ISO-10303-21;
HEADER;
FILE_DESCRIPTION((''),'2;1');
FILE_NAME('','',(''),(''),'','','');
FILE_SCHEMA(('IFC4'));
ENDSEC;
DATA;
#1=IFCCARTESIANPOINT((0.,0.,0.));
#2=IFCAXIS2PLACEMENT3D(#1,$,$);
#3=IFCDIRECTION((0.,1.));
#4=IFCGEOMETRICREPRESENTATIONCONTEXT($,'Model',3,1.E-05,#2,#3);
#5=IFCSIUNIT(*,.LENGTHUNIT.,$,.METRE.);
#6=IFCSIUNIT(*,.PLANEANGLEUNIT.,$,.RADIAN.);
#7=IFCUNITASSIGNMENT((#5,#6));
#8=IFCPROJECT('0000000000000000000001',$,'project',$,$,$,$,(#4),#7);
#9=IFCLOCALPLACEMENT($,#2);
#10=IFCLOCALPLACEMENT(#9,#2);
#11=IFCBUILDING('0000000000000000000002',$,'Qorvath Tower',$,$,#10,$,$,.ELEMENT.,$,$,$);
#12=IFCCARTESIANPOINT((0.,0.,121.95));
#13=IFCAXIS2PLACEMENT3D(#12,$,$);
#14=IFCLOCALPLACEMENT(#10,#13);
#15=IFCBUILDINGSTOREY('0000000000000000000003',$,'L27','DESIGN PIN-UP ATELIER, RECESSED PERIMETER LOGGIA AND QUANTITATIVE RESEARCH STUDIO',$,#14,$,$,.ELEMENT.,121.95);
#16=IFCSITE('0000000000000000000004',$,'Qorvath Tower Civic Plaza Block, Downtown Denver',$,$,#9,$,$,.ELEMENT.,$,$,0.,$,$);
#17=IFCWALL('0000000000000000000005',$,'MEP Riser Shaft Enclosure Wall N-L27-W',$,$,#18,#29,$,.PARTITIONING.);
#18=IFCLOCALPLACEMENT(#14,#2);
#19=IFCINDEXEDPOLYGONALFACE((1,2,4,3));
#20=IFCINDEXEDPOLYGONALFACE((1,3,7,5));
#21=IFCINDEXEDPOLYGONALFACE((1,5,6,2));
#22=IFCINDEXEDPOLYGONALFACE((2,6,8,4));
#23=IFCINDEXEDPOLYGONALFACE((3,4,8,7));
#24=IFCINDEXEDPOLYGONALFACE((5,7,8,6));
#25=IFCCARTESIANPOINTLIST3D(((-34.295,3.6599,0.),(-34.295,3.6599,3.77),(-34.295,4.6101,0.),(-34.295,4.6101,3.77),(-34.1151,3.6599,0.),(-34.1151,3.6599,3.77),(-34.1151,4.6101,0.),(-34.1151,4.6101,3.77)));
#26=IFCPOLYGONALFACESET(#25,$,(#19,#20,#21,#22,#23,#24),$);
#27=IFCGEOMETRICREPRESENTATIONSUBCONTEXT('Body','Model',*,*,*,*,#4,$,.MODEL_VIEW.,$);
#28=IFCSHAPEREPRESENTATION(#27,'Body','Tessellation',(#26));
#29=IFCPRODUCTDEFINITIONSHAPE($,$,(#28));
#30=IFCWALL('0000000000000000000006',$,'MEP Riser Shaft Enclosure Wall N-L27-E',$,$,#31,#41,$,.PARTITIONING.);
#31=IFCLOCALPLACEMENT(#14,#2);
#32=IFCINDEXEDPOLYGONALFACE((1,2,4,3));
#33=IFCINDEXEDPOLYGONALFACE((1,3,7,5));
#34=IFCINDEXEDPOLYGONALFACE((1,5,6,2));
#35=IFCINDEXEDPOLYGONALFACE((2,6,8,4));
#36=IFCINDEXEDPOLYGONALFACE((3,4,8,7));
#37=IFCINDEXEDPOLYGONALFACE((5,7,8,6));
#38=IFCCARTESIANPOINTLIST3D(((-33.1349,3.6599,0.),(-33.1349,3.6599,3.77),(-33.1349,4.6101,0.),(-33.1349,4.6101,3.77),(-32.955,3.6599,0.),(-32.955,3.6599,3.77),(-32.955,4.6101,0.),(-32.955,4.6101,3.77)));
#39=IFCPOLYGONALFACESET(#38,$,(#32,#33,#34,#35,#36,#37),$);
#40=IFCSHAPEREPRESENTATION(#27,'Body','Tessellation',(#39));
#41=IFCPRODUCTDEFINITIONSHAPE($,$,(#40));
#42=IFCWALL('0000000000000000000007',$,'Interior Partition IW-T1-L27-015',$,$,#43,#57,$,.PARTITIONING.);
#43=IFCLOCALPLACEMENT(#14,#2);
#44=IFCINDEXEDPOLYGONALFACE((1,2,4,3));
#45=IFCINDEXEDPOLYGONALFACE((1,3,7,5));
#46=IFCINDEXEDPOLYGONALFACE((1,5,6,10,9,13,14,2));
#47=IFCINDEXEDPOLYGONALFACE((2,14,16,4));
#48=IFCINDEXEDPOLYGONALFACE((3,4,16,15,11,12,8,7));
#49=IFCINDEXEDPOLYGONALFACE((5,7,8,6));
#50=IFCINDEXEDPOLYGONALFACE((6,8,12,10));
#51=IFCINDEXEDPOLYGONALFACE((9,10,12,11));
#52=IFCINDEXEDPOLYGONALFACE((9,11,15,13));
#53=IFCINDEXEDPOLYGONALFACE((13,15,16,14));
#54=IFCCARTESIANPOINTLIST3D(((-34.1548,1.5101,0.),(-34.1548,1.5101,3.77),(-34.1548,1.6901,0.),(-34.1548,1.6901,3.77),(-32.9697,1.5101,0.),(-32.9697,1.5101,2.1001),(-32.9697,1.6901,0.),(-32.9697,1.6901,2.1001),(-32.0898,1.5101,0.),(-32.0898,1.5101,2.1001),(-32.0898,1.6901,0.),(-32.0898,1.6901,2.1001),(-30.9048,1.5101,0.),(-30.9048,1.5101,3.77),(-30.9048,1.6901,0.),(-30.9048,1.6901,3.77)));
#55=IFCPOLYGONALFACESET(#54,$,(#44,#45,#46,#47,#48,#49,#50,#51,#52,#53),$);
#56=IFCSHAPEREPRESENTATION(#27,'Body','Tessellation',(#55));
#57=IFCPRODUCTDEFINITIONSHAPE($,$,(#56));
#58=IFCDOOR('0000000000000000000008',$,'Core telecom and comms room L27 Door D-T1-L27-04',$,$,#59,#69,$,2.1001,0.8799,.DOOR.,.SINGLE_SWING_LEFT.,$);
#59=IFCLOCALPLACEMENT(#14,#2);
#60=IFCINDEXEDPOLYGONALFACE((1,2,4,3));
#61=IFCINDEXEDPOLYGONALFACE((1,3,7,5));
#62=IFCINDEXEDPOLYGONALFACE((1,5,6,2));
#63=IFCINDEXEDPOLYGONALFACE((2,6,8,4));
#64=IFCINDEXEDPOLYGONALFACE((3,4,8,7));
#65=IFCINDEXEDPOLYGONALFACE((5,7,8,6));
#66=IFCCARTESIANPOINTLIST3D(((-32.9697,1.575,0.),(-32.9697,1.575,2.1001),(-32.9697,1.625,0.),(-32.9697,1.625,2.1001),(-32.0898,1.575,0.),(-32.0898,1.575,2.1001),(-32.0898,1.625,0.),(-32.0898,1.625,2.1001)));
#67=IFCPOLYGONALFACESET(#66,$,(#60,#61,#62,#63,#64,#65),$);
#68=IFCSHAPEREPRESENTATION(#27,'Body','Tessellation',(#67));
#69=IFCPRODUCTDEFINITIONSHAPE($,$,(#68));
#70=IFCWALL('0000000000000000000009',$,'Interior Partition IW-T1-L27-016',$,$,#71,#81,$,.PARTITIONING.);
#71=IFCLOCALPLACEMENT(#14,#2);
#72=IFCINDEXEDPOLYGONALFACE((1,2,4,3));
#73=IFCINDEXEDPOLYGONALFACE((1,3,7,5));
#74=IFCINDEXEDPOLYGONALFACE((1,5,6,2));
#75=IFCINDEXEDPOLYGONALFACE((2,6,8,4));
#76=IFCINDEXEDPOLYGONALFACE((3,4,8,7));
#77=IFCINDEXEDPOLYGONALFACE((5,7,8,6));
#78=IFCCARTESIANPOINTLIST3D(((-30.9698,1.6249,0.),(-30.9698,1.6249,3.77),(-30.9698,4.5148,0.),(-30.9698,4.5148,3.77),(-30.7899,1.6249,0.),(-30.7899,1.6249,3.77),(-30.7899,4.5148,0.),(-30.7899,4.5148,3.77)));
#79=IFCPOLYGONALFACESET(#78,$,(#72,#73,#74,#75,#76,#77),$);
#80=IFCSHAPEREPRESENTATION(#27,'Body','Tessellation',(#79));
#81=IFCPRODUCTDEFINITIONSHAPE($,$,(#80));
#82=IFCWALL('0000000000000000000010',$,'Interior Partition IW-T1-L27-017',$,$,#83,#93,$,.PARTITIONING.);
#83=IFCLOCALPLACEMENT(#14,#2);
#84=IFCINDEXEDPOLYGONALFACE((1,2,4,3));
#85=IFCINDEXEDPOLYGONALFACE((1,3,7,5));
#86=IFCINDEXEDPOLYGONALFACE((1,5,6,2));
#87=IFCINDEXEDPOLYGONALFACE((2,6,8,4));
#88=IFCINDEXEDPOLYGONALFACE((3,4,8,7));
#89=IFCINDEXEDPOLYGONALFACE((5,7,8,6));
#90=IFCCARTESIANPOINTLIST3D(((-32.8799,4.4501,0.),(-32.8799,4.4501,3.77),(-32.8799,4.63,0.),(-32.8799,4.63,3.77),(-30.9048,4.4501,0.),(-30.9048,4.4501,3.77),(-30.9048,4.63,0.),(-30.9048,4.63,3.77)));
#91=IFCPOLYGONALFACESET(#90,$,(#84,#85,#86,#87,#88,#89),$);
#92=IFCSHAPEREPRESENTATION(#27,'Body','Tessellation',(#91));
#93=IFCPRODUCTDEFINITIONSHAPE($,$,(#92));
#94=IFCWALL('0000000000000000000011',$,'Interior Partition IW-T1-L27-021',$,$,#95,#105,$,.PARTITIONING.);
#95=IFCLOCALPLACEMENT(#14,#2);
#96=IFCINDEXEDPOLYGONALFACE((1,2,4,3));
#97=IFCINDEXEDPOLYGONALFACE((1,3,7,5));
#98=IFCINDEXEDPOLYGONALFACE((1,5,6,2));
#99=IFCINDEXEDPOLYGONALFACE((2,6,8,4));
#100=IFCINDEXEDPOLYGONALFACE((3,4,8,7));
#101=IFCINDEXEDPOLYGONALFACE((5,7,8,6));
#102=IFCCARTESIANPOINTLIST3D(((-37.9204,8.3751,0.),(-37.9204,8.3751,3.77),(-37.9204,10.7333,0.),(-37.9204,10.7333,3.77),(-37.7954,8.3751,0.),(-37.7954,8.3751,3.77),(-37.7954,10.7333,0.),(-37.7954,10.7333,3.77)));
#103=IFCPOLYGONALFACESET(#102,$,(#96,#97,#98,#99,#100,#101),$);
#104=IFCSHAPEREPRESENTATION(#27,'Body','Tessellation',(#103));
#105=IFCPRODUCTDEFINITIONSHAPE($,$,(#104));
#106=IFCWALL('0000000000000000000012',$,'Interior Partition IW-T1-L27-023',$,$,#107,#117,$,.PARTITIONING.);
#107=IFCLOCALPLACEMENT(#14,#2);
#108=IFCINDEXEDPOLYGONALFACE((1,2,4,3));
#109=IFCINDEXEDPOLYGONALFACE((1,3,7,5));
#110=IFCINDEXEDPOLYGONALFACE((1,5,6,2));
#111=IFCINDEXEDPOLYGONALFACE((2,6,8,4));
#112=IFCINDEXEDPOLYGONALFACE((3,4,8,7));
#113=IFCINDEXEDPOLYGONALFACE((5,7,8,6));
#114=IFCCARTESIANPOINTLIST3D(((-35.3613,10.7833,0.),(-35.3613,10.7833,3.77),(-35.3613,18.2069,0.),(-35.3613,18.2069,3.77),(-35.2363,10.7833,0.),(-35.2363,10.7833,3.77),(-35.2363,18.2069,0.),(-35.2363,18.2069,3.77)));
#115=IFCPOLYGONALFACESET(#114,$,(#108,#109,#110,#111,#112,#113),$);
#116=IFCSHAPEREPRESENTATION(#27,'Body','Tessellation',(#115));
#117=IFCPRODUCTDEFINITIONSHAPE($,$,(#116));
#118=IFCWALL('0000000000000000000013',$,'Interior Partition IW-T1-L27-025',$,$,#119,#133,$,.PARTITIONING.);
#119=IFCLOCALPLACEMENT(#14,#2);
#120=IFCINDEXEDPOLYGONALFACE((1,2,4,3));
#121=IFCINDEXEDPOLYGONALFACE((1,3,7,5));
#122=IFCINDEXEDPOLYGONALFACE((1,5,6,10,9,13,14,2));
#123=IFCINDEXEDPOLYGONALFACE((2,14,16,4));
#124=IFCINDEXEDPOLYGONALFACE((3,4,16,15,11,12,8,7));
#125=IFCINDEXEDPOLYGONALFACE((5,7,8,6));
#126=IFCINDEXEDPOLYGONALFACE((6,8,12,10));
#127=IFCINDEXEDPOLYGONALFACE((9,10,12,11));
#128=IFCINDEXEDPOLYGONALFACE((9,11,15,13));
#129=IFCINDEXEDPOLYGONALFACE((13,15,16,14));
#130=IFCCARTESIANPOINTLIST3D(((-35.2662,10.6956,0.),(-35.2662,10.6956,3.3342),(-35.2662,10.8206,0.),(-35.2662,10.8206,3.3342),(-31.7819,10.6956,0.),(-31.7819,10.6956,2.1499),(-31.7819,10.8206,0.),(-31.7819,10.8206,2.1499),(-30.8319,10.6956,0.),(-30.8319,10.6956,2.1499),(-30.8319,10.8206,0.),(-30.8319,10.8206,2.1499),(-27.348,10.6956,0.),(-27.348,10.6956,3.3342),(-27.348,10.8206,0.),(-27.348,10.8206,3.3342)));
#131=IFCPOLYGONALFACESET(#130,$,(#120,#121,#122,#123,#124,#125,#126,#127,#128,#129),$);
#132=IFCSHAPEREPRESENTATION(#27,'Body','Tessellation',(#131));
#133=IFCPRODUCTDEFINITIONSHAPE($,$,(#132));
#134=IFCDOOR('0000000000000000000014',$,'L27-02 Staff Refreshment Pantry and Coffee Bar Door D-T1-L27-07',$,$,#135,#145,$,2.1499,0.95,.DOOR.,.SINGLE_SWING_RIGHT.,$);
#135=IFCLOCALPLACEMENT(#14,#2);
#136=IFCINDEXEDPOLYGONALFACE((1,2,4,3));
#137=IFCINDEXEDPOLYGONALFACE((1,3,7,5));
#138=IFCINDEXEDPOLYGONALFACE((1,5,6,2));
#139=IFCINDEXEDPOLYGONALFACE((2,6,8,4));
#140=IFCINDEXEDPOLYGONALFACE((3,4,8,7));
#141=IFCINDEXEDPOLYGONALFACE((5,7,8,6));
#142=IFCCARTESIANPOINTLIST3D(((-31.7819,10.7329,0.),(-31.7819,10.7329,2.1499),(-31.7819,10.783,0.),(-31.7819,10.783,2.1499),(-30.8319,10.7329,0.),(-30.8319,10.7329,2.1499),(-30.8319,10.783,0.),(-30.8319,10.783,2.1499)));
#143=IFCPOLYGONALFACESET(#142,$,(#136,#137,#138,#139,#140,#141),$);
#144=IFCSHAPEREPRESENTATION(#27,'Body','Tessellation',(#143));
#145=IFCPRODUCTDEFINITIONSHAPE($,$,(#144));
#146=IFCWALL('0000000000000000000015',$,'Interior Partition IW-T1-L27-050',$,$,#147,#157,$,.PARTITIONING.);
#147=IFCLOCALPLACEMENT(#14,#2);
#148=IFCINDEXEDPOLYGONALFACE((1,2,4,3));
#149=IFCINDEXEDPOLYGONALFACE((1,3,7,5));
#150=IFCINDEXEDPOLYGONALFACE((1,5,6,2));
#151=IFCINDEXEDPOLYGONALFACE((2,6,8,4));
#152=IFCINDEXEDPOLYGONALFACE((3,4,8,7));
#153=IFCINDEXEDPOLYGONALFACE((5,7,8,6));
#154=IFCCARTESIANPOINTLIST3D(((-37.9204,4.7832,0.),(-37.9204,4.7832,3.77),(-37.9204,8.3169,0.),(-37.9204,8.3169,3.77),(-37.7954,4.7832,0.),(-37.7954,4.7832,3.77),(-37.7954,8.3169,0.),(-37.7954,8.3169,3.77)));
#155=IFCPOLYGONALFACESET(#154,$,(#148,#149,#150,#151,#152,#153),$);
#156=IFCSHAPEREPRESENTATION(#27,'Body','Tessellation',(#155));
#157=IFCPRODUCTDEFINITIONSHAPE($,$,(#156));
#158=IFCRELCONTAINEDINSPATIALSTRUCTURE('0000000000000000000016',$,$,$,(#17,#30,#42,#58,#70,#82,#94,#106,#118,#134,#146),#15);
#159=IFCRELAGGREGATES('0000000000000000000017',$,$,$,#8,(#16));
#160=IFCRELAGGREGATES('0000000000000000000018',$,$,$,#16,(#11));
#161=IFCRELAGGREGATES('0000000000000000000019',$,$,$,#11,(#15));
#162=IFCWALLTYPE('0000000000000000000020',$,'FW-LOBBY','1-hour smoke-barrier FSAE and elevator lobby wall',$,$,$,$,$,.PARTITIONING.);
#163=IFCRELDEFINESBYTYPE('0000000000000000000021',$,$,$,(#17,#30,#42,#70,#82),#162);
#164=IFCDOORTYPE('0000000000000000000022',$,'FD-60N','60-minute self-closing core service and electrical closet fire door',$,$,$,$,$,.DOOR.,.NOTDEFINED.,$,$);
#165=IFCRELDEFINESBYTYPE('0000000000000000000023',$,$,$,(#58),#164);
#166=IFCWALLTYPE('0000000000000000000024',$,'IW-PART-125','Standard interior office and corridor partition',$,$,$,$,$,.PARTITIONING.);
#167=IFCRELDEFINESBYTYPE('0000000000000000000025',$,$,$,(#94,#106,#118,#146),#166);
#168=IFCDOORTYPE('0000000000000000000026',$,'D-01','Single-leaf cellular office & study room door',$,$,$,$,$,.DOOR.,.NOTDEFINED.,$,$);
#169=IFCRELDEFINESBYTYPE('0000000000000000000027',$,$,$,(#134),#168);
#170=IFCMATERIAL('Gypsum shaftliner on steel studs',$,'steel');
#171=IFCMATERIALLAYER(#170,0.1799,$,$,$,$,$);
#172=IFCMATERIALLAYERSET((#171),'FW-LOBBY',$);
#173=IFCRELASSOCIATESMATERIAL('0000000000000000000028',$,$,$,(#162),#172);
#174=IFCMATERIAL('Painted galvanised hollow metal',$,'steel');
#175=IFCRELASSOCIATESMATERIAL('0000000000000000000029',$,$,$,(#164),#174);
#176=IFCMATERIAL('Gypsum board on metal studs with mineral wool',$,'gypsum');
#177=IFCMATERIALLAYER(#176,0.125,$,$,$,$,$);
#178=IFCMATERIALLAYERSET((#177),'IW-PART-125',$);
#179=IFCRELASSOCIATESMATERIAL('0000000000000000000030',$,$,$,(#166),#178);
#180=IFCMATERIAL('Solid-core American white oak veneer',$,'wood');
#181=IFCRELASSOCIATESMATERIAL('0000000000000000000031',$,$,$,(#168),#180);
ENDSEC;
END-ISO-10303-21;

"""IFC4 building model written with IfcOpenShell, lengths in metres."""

from ifc_helpers import new_model, si_unit, direction, frame, frame_2d, origin, place, context, subcontext, project, spatial, rectangle, extrude, material, layer, layer_set, type_object, element, fill, save


model = new_model("IFC4")

# Units and contexts
model_context = context("Model", 3, precision=1e-05, world=origin(), true_north=direction((0.0, 1.0)))
body_context = subcontext(model_context, "Body", "Model", "MODEL_VIEW")
ifc_project = project(units=[si_unit("LENGTHUNIT", "METRE"), si_unit("PLANEANGLEUNIT", "RADIAN")], contexts=[model_context])

# Site, building, storey
site_placement = place(None, origin())
site = spatial("IfcSite", under=ifc_project, at=site_placement, Name="Qorvath Tower Civic Plaza Block, Downtown Denver", CompositionType="ELEMENT", RefElevation=0.0)
building_placement = place(site_placement, origin())
building = spatial("IfcBuilding", under=site, at=building_placement, Name="Qorvath Tower", CompositionType="ELEMENT")
storey_placement = place(building_placement, frame((0.0, 0.0, 121.95)))
storey = spatial("IfcBuildingStorey", under=building, at=storey_placement, Name="L27", Description="DESIGN PIN-UP ATELIER, RECESSED PERIMETER LOGGIA AND QUANTITATIVE RESEARCH STUDIO", CompositionType="ELEMENT", Elevation=121.95)

# Walls
ifc_material_1 = material(Name="Gypsum shaftliner on steel studs", Category="steel")
ifc_layer_1 = layer(ifc_material_1, 0.1799)
ifc_layer_set_1 = layer_set([ifc_layer_1], Name="FW-LOBBY")
wall_type_1 = type_object("IfcWallType", Name="FW-LOBBY", Description="1-hour smoke-barrier FSAE and elevator lobby wall", PredefinedType="PARTITIONING", material=ifc_layer_set_1)
for number, where, z_axis, x_axis, name in (
    (1, (-34.2051, 3.6599, 0.0), (0.0, 0.0, 1.0), (0.0, 1.0, 0.0), "MEP Riser Shaft Enclosure Wall N-L27-W"),
    (2, (-33.0449, 4.6101, 0.0), (0.0, 0.0, 1.0), (0.0, -1.0, 0.0), "MEP Riser Shaft Enclosure Wall N-L27-E"),
):
    element("IfcWall", number, at=place(storey_placement, frame(where, z_axis=z_axis, x_axis=x_axis)), inside=storey, type_object=wall_type_1, Name=name, PredefinedType="PARTITIONING", context=body_context, shape_type="SweptSolid", body=[
        extrude(rectangle(XDim=0.9502, YDim=0.1799, at=frame_2d((0.4751, 0.0))), origin(), (0.0, 0.0, 1.0), 3.77),
    ])

# Wall, opening, door
wall_1_placement = place(storey_placement, frame((-34.1548, 1.6001, 0.0), z_axis=(0.0, 0.0, 1.0), x_axis=(1.0, 0.0, 0.0)))
wall_1 = element("IfcWall", 3, at=wall_1_placement, inside=storey, type_object=wall_type_1, Name="Interior Partition IW-T1-L27-015", PredefinedType="PARTITIONING", context=body_context, shape_type="SweptSolid", body=[
    extrude(rectangle(XDim=3.25, YDim=0.1799, at=frame_2d((1.625, 0.0))), origin(), (0.0, 0.0, 1.0), 3.77),
])
opening_1_placement = place(wall_1_placement, frame((1.1851, 0.0, 0.0)))
opening_1 = element("IfcOpeningElement", 4, at=opening_1_placement, cuts=wall_1, PredefinedType="OPENING", context=body_context, shape_type="SweptSolid", body=[
    extrude(rectangle(XDim=0.8799, YDim=2.1001, at=frame_2d((0.4399, 1.05))), frame((0.0, 0.1001, 0.0), z_axis=(0.0, -1.0, 0.0), x_axis=(1.0, 0.0, 0.0)), (0.0, 0.0, 1.0), 0.2),
])
ifc_material_2 = material(Name="Painted galvanised hollow metal", Category="steel")
door_type_1 = type_object("IfcDoorType", Name="FD-60N", Description="60-minute self-closing core service and electrical closet fire door", OperationType="NOTDEFINED", PredefinedType="DOOR", material=ifc_material_2)
door_1_placement = place(opening_1_placement, origin())
door_1 = element("IfcDoor", 5, at=door_1_placement, inside=storey, type_object=door_type_1, Name="Core telecom and comms room L27 Door D-T1-L27-04", OperationType="SINGLE_SWING_LEFT", OverallHeight=2.1001, OverallWidth=0.8799, PredefinedType="DOOR", context=body_context, shape_type="SweptSolid", body=[
    extrude(rectangle(XDim=0.8799, YDim=2.1001, at=frame_2d((0.4399, 1.05))), frame((0.0, 0.0249, 0.0), z_axis=(0.0, -1.0, 0.0), x_axis=(1.0, 0.0, 0.0)), (0.0, 0.0, 1.0), 0.05),
])
fill(opening_1, door_1)

# Walls
wall_2_placement = place(storey_placement, frame((-30.8799, 1.625, 0.0), z_axis=(0.0, 0.0, 1.0), x_axis=(0.0, 1.0, 0.0)))
element("IfcWall", 6, at=wall_2_placement, inside=storey, type_object=wall_type_1, Name="Interior Partition IW-T1-L27-016", PredefinedType="PARTITIONING", context=body_context, shape_type="SweptSolid", body=[
    extrude(rectangle(XDim=2.8899, YDim=0.1799, at=frame_2d((1.4448, 0.0))), origin(), (0.0, 0.0, 1.0), 3.77),
])
wall_3_placement = place(storey_placement, frame((-30.9048, 4.54, 0.0), z_axis=(0.0, 0.0, 1.0), x_axis=(-1.0, 0.0, 0.0)))
element("IfcWall", 7, at=wall_3_placement, inside=storey, type_object=wall_type_1, Name="Interior Partition IW-T1-L27-017", PredefinedType="PARTITIONING", context=body_context, shape_type="SweptSolid", body=[
    extrude(rectangle(XDim=1.9751, YDim=0.1799, at=frame_2d((0.9875, 0.0))), origin(), (0.0, 0.0, 1.0), 3.77),
])
ifc_material_3 = material(Name="Gypsum board on metal studs with mineral wool", Category="gypsum")
ifc_layer_2 = layer(ifc_material_3, 0.125)
ifc_layer_set_2 = layer_set([ifc_layer_2], Name="IW-PART-125")
wall_type_2 = type_object("IfcWallType", Name="IW-PART-125", Description="Standard interior office and corridor partition", PredefinedType="PARTITIONING", material=ifc_layer_set_2)
wall_4_placement = place(storey_placement, frame((-37.8579, 8.375, 0.0), z_axis=(0.0, 0.0, 1.0), x_axis=(0.0, 1.0, 0.0)))
element("IfcWall", 8, at=wall_4_placement, inside=storey, type_object=wall_type_2, Name="Interior Partition IW-T1-L27-021", PredefinedType="PARTITIONING", context=body_context, shape_type="SweptSolid", body=[
    extrude(rectangle(XDim=2.3582, YDim=0.125, at=frame_2d((1.1792, 0.0))), origin(), (0.0, 0.0, 1.0), 3.77),
])

# Shared definitions
ifc_material_4 = material(Name="Solid-core American white oak veneer", Category="wood")
door_type_2 = type_object("IfcDoorType", Name="D-01", Description="Single-leaf cellular office & study room door", OperationType="NOTDEFINED", PredefinedType="DOOR", material=ifc_material_4)

# Wall
wall_5_placement = place(storey_placement, frame((-35.2988, 10.7832, 0.0), z_axis=(0.0, 0.0, 1.0), x_axis=(0.0, 1.0, 0.0)))
element("IfcWall", 9, at=wall_5_placement, inside=storey, type_object=wall_type_2, Name="Interior Partition IW-T1-L27-023", PredefinedType="PARTITIONING", context=body_context, shape_type="SweptSolid", body=[
    extrude(rectangle(XDim=7.4236, YDim=0.125, at=frame_2d((3.7119, 0.0))), origin(), (0.0, 0.0, 1.0), 3.77),
])

# Wall, opening, door
wall_6_placement = place(storey_placement, frame((-35.2661, 10.7581, 0.0), z_axis=(0.0, 0.0, 1.0), x_axis=(1.0, 0.0, 0.0)))
wall_6 = element("IfcWall", 10, at=wall_6_placement, inside=storey, type_object=wall_type_2, Name="Interior Partition IW-T1-L27-025", PredefinedType="PARTITIONING", context=body_context, shape_type="SweptSolid", body=[
    extrude(rectangle(XDim=7.9182, YDim=0.125, at=frame_2d((3.959, 0.0))), origin(), (0.0, 0.0, 1.0), 3.3342),
])
opening_2_placement = place(wall_6_placement, frame((3.4841, 0.0, 0.0)))
opening_2 = element("IfcOpeningElement", 11, at=opening_2_placement, cuts=wall_6, PredefinedType="OPENING", context=body_context, shape_type="SweptSolid", body=[
    extrude(rectangle(XDim=0.95, YDim=2.1499, at=frame_2d((0.4751, 1.075))), frame((0.0, 0.0725, 0.0), z_axis=(0.0, -1.0, 0.0), x_axis=(1.0, 0.0, 0.0)), (0.0, 0.0, 1.0), 0.145),
])
door_2_placement = place(opening_2_placement, origin())
door_2 = element("IfcDoor", 12, at=door_2_placement, inside=storey, type_object=door_type_2, Name="L27-02 Staff Refreshment Pantry and Coffee Bar Door D-T1-L27-07", OperationType="SINGLE_SWING_RIGHT", OverallHeight=2.1499, OverallWidth=0.95, PredefinedType="DOOR", context=body_context, shape_type="SweptSolid", body=[
    extrude(rectangle(XDim=0.95, YDim=2.1499, at=frame_2d((0.4751, 1.075))), frame((0.0, 0.0249, 0.0), z_axis=(0.0, -1.0, 0.0), x_axis=(1.0, 0.0, 0.0)), (0.0, 0.0, 1.0), 0.05),
])
fill(opening_2, door_2)

# Wall
wall_7_placement = place(storey_placement, frame((-37.8579, 4.7832, 0.0), z_axis=(0.0, 0.0, 1.0), x_axis=(0.0, 1.0, 0.0)))
element("IfcWall", 13, at=wall_7_placement, inside=storey, type_object=wall_type_2, Name="Interior Partition IW-T1-L27-050", PredefinedType="PARTITIONING", context=body_context, shape_type="SweptSolid", body=[
    extrude(rectangle(XDim=3.5337, YDim=0.125, at=frame_2d((1.7668, 0.0))), origin(), (0.0, 0.0, 1.0), 3.77),
])

save(model, "model.ifc")
